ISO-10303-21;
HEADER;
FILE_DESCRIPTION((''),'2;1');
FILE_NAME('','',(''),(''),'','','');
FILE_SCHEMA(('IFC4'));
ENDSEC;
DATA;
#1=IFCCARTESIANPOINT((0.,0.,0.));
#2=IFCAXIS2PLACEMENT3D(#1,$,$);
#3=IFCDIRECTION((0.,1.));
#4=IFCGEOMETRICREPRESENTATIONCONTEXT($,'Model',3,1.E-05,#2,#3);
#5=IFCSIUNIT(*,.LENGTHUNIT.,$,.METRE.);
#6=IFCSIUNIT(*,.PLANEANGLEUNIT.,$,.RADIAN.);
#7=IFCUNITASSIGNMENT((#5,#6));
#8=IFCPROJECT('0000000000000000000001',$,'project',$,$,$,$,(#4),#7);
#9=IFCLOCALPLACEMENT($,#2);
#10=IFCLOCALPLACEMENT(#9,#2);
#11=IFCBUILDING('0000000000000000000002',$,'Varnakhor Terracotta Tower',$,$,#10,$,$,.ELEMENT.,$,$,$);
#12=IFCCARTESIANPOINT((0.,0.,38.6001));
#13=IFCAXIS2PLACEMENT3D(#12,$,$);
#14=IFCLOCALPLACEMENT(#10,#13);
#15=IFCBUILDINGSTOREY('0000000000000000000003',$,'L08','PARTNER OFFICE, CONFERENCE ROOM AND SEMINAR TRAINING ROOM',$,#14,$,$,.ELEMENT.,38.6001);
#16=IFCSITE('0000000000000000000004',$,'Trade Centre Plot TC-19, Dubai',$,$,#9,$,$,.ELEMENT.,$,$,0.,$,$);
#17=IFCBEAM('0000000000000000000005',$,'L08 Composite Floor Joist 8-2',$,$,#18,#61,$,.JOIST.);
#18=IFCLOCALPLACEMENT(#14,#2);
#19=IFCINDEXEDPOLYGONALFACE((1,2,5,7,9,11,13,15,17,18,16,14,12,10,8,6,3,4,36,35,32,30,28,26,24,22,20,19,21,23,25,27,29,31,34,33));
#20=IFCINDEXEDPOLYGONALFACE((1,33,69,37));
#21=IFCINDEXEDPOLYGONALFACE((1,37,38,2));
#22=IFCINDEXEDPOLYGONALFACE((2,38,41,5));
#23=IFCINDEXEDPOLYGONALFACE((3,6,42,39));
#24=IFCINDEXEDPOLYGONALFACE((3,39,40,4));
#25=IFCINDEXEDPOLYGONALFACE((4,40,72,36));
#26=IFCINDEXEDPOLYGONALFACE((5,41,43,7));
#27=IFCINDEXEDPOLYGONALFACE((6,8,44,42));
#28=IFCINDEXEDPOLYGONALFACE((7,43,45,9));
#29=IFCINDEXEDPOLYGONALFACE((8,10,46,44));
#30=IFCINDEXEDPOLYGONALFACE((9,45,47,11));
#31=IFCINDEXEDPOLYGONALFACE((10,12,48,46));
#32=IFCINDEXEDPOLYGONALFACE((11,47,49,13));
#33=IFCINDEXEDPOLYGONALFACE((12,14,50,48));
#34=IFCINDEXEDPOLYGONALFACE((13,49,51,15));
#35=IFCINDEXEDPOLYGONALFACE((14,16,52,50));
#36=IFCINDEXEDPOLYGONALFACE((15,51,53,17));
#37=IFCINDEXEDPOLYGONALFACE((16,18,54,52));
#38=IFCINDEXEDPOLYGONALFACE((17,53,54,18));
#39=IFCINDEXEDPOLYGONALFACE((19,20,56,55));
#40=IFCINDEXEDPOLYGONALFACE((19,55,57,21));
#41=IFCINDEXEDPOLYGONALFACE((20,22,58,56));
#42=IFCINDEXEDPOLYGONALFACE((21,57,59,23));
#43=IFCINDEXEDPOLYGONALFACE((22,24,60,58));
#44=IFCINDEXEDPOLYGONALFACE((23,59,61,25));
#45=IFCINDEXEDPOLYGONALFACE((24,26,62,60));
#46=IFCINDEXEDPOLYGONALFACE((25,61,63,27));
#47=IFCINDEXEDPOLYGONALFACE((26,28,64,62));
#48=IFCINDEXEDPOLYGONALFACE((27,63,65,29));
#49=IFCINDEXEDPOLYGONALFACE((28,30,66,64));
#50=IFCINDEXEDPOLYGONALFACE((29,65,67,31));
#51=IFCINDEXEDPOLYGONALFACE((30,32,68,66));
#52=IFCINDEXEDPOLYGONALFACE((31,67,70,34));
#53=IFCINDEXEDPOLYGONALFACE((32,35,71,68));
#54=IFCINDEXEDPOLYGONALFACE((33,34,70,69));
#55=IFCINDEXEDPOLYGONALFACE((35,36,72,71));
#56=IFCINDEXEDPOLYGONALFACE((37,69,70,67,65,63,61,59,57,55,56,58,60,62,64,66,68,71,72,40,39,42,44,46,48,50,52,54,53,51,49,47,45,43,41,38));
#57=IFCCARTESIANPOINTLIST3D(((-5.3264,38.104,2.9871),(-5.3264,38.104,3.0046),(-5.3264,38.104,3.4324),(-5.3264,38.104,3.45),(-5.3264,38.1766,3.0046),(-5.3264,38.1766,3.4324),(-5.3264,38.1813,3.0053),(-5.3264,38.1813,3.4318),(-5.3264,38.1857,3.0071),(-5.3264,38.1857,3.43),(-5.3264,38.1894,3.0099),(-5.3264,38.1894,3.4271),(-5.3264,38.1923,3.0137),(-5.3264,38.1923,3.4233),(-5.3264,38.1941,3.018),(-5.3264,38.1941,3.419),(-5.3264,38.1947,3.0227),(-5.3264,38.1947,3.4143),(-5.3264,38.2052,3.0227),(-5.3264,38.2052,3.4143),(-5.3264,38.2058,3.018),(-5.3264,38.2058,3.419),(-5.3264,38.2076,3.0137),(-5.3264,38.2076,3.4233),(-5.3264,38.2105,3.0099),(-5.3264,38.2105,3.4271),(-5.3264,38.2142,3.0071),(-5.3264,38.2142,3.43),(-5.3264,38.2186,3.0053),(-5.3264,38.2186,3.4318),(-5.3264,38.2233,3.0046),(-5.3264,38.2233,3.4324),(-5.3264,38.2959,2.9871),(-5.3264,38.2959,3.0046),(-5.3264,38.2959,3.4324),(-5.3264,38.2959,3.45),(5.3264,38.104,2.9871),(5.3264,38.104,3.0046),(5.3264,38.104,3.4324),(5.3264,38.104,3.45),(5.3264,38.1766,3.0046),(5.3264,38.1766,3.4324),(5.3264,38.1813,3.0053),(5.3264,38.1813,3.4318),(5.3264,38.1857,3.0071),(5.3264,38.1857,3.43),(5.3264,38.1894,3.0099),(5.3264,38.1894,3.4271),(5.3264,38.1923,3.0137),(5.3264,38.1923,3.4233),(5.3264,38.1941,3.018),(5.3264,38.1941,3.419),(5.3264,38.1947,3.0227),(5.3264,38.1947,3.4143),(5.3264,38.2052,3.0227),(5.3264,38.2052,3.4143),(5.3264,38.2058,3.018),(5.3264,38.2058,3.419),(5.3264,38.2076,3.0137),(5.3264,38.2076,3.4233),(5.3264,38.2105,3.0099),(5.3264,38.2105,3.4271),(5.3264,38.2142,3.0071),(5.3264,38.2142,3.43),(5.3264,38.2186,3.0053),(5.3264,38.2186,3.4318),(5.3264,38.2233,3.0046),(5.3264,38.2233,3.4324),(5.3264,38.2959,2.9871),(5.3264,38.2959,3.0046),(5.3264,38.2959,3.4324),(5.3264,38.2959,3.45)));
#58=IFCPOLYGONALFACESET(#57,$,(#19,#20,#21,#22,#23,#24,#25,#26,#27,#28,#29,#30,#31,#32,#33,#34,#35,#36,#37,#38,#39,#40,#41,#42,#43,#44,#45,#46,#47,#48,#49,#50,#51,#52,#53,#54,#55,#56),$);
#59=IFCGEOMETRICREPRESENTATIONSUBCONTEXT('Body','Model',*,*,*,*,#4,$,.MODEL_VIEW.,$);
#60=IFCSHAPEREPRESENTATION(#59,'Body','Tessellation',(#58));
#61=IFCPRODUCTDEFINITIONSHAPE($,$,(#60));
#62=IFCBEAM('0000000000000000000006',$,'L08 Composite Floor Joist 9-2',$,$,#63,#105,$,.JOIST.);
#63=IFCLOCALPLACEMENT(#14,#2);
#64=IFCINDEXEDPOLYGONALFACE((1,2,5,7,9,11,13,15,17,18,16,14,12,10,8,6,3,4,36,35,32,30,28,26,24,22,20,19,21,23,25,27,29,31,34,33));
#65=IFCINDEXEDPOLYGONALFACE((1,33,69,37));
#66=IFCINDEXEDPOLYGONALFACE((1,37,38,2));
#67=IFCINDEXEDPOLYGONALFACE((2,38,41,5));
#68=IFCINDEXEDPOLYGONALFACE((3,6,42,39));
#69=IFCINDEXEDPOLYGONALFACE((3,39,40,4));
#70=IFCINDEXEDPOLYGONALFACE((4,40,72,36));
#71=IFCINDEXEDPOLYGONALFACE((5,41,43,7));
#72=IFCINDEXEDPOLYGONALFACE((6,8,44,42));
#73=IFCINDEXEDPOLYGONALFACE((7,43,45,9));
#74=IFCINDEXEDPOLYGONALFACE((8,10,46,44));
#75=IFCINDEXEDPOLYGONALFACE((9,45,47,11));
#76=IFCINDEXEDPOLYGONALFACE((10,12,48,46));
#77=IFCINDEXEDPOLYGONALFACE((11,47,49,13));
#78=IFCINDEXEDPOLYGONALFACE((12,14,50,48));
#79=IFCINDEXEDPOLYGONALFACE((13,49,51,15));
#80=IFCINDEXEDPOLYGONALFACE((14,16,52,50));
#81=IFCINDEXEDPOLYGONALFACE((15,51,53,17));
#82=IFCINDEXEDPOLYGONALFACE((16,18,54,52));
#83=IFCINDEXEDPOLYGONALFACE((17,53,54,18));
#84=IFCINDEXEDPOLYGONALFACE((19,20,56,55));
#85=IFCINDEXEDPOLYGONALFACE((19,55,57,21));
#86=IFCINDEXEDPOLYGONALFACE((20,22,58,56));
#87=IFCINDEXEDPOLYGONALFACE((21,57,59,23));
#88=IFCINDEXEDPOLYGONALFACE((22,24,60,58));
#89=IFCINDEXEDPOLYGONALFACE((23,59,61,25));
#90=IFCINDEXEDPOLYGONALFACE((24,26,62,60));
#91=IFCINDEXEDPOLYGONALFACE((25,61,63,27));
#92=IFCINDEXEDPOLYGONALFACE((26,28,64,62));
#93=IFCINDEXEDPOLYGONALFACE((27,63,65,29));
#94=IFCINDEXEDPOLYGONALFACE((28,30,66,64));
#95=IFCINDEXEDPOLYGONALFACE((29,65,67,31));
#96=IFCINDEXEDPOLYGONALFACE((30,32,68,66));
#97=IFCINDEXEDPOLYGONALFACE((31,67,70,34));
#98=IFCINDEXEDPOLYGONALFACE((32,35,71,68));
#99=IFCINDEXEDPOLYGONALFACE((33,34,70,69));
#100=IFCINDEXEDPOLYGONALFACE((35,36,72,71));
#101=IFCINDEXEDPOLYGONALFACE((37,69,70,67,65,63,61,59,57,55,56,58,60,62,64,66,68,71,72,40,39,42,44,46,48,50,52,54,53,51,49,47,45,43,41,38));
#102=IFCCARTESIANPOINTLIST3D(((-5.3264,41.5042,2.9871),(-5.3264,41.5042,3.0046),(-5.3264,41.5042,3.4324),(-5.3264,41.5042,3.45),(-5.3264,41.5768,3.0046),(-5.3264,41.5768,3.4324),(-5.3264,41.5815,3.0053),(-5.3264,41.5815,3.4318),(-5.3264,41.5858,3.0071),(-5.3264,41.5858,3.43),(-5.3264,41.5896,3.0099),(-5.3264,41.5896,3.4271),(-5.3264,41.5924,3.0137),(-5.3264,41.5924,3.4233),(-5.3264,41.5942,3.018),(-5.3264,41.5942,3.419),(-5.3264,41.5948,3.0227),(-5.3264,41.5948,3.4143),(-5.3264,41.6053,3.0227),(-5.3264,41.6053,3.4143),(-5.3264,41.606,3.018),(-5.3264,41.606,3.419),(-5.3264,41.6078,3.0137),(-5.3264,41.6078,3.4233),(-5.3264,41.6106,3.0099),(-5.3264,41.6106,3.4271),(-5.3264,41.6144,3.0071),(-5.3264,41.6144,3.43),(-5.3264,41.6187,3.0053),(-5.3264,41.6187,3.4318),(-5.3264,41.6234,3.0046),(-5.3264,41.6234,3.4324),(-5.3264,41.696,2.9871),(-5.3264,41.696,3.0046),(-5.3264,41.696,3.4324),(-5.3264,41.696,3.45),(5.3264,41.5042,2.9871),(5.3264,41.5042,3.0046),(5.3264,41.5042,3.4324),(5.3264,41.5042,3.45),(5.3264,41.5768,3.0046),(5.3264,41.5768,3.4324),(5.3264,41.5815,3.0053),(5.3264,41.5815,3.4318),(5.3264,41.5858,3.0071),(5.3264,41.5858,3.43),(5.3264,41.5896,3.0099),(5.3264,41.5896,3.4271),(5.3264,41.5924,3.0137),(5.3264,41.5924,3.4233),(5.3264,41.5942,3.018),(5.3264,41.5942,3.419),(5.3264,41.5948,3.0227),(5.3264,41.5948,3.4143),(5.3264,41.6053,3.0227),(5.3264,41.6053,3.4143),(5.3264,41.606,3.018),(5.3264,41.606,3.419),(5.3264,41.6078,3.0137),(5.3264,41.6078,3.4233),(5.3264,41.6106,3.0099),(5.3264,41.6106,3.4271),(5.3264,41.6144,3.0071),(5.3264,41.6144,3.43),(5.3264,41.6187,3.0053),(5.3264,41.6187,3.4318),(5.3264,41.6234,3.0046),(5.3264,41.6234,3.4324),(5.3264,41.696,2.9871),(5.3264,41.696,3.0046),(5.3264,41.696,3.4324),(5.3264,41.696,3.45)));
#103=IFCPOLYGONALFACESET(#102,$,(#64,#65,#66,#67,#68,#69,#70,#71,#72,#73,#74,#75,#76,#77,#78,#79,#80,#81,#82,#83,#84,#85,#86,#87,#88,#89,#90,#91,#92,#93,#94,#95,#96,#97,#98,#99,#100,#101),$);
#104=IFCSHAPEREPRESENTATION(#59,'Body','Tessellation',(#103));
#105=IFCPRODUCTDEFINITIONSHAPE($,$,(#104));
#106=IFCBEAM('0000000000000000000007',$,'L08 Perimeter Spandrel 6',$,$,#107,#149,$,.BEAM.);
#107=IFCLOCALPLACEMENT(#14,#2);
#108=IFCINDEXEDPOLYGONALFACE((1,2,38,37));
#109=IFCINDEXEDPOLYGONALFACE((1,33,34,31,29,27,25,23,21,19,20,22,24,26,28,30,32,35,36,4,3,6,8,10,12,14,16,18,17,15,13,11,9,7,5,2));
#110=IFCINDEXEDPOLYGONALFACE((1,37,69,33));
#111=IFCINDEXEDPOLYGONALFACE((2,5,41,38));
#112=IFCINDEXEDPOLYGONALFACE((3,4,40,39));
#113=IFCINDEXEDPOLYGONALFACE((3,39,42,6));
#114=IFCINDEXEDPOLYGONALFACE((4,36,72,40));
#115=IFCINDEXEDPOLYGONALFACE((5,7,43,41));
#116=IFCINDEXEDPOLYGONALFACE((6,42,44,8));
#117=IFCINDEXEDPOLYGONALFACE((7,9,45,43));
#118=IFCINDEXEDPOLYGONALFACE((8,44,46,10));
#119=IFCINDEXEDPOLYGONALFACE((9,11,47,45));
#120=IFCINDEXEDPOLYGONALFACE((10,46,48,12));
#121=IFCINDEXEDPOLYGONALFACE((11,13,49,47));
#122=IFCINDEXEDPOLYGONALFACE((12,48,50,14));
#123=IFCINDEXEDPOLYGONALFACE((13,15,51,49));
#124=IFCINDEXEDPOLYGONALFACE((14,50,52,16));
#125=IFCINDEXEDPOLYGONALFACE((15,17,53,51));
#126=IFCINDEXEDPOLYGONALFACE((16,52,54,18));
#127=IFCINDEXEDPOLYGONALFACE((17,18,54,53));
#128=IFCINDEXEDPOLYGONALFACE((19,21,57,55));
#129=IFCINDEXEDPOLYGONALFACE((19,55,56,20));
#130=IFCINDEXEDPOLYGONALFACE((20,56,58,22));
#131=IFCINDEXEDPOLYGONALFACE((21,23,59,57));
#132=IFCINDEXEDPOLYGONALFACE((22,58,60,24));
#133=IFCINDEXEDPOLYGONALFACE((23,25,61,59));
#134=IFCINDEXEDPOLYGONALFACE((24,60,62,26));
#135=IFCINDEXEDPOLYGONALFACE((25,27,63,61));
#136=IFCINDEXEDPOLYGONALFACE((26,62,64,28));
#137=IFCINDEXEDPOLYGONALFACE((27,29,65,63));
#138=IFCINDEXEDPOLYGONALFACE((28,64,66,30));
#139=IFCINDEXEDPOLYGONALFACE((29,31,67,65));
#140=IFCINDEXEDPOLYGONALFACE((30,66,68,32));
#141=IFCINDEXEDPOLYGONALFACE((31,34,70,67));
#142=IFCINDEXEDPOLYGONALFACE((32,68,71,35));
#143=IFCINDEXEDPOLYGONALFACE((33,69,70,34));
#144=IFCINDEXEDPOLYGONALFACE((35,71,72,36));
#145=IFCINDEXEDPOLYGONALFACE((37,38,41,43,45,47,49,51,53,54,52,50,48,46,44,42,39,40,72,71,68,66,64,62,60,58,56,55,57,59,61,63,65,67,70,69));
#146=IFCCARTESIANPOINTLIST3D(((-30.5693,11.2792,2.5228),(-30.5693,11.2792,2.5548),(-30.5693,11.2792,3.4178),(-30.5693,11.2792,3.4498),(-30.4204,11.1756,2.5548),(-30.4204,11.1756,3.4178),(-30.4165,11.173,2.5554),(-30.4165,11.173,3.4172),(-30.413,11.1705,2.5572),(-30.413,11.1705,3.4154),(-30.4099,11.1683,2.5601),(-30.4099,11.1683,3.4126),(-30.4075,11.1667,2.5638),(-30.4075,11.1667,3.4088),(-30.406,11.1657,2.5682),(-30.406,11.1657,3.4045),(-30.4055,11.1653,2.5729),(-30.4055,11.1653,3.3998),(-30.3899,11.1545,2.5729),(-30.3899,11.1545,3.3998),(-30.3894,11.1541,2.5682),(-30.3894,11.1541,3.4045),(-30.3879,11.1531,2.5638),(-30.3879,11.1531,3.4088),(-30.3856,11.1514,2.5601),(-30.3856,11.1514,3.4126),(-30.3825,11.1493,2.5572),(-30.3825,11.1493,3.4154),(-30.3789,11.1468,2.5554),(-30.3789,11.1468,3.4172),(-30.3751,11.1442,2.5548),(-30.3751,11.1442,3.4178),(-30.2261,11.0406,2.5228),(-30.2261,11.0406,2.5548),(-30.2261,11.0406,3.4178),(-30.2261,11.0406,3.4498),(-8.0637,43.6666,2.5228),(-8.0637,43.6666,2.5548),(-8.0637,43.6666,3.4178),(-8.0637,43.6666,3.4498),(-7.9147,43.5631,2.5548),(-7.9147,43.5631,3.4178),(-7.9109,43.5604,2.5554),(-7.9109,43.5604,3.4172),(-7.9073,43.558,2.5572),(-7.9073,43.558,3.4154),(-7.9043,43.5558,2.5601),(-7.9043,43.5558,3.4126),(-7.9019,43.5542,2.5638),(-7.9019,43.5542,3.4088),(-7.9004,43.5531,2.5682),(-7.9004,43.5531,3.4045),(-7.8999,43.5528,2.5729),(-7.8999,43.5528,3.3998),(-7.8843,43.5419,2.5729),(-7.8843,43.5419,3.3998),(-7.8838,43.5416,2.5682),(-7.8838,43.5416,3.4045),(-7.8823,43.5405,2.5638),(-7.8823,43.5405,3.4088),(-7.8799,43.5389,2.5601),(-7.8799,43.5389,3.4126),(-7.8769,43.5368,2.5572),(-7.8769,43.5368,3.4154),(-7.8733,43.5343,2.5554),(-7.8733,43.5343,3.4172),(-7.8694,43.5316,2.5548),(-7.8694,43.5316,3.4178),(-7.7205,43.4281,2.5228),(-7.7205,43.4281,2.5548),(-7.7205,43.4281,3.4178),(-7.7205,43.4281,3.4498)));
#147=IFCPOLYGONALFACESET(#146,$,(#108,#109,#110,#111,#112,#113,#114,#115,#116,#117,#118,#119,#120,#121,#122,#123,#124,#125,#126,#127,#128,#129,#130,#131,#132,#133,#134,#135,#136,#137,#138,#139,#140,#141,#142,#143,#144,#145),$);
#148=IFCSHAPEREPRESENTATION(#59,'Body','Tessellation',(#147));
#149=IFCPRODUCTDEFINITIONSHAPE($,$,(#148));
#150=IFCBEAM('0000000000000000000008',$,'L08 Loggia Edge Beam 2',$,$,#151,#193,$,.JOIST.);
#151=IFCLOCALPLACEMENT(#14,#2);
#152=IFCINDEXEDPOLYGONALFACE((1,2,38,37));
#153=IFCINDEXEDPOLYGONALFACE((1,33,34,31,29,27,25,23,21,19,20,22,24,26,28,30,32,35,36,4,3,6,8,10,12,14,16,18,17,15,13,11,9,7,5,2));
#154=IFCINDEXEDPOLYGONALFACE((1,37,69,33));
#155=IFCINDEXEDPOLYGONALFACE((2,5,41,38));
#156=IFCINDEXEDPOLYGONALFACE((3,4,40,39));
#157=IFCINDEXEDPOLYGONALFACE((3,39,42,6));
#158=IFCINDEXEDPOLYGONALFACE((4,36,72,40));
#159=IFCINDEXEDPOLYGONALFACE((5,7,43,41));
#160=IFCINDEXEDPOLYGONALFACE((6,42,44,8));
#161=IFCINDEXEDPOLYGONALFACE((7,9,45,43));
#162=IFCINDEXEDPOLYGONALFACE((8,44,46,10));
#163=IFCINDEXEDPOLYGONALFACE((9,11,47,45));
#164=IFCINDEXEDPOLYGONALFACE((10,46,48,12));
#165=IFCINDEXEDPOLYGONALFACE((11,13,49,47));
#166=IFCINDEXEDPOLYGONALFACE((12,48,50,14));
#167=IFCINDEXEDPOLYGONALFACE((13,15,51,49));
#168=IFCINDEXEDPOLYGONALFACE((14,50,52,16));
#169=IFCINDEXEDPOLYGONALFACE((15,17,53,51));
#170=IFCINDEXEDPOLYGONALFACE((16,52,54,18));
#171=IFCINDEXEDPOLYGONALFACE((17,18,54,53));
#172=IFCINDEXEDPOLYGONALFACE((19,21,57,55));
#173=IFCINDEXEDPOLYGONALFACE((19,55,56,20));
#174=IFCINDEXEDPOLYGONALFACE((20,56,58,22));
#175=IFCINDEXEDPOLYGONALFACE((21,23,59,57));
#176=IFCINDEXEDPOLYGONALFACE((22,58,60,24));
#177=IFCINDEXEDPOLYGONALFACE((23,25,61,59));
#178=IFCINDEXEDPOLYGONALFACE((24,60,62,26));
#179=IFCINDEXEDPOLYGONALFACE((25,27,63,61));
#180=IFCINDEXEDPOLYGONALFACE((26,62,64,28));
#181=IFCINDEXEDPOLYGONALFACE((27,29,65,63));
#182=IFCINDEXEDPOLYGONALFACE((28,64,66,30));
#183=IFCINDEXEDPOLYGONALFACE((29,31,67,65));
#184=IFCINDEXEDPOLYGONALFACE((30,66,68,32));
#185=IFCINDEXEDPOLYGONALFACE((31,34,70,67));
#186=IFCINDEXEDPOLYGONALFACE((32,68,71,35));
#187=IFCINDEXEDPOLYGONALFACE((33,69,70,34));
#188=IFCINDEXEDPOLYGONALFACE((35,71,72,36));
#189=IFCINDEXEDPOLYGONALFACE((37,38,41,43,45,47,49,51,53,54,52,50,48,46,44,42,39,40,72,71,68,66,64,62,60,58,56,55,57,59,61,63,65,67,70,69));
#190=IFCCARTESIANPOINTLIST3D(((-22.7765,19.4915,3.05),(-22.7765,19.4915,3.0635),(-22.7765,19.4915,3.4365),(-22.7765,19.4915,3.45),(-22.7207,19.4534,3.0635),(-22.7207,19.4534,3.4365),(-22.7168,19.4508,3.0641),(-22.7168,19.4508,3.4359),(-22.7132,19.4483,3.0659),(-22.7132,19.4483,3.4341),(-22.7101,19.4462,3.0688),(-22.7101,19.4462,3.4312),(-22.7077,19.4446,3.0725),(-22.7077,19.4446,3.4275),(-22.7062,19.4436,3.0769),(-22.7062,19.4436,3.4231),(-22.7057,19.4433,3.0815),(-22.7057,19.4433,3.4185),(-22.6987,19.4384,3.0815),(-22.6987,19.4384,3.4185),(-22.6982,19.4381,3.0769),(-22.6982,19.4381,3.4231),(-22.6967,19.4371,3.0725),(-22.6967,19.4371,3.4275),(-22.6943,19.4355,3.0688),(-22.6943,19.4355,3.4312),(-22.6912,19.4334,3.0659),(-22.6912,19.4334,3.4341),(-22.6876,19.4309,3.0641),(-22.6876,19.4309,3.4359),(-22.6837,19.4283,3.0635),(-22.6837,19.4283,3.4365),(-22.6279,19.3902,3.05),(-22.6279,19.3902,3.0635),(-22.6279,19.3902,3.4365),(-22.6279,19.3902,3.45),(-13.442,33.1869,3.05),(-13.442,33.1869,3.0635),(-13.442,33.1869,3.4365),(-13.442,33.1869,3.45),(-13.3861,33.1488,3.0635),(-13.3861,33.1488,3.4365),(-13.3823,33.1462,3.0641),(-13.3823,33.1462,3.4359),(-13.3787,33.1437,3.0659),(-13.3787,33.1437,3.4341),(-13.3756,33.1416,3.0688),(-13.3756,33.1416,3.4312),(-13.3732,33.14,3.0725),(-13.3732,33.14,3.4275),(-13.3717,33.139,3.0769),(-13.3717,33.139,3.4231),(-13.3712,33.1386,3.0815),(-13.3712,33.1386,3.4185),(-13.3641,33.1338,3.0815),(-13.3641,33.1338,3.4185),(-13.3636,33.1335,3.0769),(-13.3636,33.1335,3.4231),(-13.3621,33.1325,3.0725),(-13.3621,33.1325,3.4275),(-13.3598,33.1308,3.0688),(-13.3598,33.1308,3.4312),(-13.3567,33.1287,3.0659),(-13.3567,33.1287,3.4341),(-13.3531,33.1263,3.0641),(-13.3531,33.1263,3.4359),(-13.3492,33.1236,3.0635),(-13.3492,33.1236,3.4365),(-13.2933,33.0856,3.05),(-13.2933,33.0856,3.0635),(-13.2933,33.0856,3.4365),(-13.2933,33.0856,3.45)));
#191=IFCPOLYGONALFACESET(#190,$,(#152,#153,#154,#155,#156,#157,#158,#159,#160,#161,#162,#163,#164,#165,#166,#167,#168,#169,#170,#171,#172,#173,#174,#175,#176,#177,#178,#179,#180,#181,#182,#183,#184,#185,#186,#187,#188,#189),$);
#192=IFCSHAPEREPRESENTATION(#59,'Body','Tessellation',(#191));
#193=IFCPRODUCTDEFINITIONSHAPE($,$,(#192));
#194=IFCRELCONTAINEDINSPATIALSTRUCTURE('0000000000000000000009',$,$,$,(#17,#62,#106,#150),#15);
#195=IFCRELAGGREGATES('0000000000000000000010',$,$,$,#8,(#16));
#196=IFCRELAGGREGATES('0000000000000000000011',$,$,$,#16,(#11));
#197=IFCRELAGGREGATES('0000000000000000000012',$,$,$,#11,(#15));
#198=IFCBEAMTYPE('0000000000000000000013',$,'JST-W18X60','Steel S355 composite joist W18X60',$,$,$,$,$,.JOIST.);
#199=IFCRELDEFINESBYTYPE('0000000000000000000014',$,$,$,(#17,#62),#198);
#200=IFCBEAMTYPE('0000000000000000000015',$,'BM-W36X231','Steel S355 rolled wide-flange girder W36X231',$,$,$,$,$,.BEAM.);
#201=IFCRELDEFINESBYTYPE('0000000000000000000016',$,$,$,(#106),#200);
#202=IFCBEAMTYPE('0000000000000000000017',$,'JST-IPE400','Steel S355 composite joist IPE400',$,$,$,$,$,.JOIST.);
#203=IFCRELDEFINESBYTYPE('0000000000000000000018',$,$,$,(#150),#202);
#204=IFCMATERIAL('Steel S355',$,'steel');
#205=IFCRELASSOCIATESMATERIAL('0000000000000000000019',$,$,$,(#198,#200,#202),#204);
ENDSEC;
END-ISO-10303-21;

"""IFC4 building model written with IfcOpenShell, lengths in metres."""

from ifc_helpers import new_model, si_unit, direction, frame, origin, origin_2d, place, context, subcontext, project, spatial, i_section, extrude, source, transform, mapped, material, material_profile, profile_set, type_object, element, save


model = new_model("IFC4")

# Units and contexts
model_context = context("Model", 3, precision=1e-05, world=origin(), true_north=direction((0.0, 1.0)))
body_context = subcontext(model_context, "Body", "Model", "MODEL_VIEW")
ifc_project = project(units=[si_unit("LENGTHUNIT", "METRE"), si_unit("PLANEANGLEUNIT", "RADIAN")], contexts=[model_context])

# Site, building, storey
site_placement = place(None, origin())
site = spatial("IfcSite", under=ifc_project, at=site_placement, Name="Trade Centre Plot TC-19, Dubai", CompositionType="ELEMENT", RefElevation=0.0)
building_placement = place(site_placement, origin())
building = spatial("IfcBuilding", under=site, at=building_placement, Name="Varnakhor Terracotta Tower", CompositionType="ELEMENT")
storey_placement = place(building_placement, frame((0.0, 0.0, 38.6001)))
storey = spatial("IfcBuildingStorey", under=building, at=storey_placement, Name="L08", Description="PARTNER OFFICE, CONFERENCE ROOM AND SEMINAR TRAINING ROOM", CompositionType="ELEMENT", Elevation=38.6001)

# Beams
ifc_material_1 = material(Name="Steel S355", Category="steel")
ifc_material_profile_1 = material_profile(ifc_material_1, i_section(OverallWidth=0.1919, OverallDepth=0.4629, WebThickness=0.0105, FlangeThickness=0.0176, FilletRadius=0.0181, at=origin_2d()), Name="W18X60")
ifc_profile_set_1 = profile_set([ifc_material_profile_1], Name="Steel S355")
beam_type_1 = type_object("IfcBeamType", Name="JST-W18X60", Description="Steel S355 composite joist W18X60", PredefinedType="JOIST", material=ifc_profile_set_1)
shared_shape_1 = source(origin(), body_context, "Body", "SweptSolid", [
    extrude(i_section(OverallWidth=0.1919, OverallDepth=0.4629, WebThickness=0.0105, FlangeThickness=0.0176, FilletRadius=0.0181, at=origin_2d()), origin(), (0.0, 0.0, 1.0), 10.6528),
])
for number, where, z_axis, x_axis, name in (
    (1, (-5.3264, 38.2, 3.2185), (1.0, 0.0, 0.0), (0.0, 1.0, 0.0), "L08 Composite Floor Joist 8-2"),
    (2, (-5.3264, 41.6001, 3.2185), (1.0, 0.0, 0.0), (0.0, 1.0, 0.0), "L08 Composite Floor Joist 9-2"),
):
    element("IfcBeam", number, at=place(storey_placement, frame(where, z_axis=z_axis, x_axis=x_axis)), inside=storey, type_object=beam_type_1, Name=name, PredefinedType="JOIST", context=body_context, shape_type="MappedRepresentation", body=[
        mapped(shared_shape_1, transform((0.0, 0.0, 0.0), scale=1.0)),
    ])
ifc_material_profile_2 = material_profile(ifc_material_1, i_section(OverallWidth=0.418, OverallDepth=0.927, WebThickness=0.019, FlangeThickness=0.032, FilletRadius=0.0181, at=origin_2d()), Name="W36X231")
ifc_profile_set_2 = profile_set([ifc_material_profile_2], Name="Steel S355")
beam_type_2 = type_object("IfcBeamType", Name="BM-W36X231", Description="Steel S355 rolled wide-flange girder W36X231", PredefinedType="BEAM", material=ifc_profile_set_2)
shared_shape_2 = source(origin(), body_context, "Body", "SweptSolid", [
    extrude(i_section(OverallWidth=0.418, OverallDepth=0.927, WebThickness=0.019, FlangeThickness=0.032, FilletRadius=0.0181, at=origin_2d()), origin(), (0.0, 0.0, 1.0), 39.4392),
])
beam_1_placement = place(storey_placement, frame((-7.8921, 43.5474, 2.9863), z_axis=(-0.570641, -0.8212, 0.0), x_axis=(0.8212, -0.570641, 0.0)))
element("IfcBeam", 3, at=beam_1_placement, inside=storey, type_object=beam_type_2, Name="L08 Perimeter Spandrel 6", PredefinedType="BEAM", context=body_context, shape_type="MappedRepresentation", body=[
    mapped(shared_shape_2, transform((0.0, 0.0, 0.0), scale=1.0)),
])
ifc_material_profile_3 = material_profile(ifc_material_1, i_section(OverallWidth=0.1799, OverallDepth=0.3999, WebThickness=0.0085, FlangeThickness=0.0134, FilletRadius=0.0181, at=origin_2d()), Name="IPE400")
ifc_profile_set_3 = profile_set([ifc_material_profile_3], Name="Steel S355")
beam_type_3 = type_object("IfcBeamType", Name="JST-IPE400", Description="Steel S355 composite joist IPE400", PredefinedType="JOIST", material=ifc_profile_set_3)
shared_shape_3 = source(origin(), body_context, "Body", "SweptSolid", [
    extrude(i_section(OverallWidth=0.1799, OverallDepth=0.3999, WebThickness=0.0085, FlangeThickness=0.0134, FilletRadius=0.0181, at=origin_2d()), origin(), (0.0, 0.0, 1.0), 16.574),
])
beam_2_placement = place(storey_placement, frame((-13.3677, 33.1362, 3.25), z_axis=(-0.563203, -0.826318, 0.0), x_axis=(0.826318, -0.563203, 0.0)))
element("IfcBeam", 4, at=beam_2_placement, inside=storey, type_object=beam_type_3, Name="L08 Loggia Edge Beam 2", PredefinedType="JOIST", context=body_context, shape_type="MappedRepresentation", body=[
    mapped(shared_shape_3, transform((0.0, 0.0, 0.0), scale=1.0)),
])

save(model, "model.ifc")
